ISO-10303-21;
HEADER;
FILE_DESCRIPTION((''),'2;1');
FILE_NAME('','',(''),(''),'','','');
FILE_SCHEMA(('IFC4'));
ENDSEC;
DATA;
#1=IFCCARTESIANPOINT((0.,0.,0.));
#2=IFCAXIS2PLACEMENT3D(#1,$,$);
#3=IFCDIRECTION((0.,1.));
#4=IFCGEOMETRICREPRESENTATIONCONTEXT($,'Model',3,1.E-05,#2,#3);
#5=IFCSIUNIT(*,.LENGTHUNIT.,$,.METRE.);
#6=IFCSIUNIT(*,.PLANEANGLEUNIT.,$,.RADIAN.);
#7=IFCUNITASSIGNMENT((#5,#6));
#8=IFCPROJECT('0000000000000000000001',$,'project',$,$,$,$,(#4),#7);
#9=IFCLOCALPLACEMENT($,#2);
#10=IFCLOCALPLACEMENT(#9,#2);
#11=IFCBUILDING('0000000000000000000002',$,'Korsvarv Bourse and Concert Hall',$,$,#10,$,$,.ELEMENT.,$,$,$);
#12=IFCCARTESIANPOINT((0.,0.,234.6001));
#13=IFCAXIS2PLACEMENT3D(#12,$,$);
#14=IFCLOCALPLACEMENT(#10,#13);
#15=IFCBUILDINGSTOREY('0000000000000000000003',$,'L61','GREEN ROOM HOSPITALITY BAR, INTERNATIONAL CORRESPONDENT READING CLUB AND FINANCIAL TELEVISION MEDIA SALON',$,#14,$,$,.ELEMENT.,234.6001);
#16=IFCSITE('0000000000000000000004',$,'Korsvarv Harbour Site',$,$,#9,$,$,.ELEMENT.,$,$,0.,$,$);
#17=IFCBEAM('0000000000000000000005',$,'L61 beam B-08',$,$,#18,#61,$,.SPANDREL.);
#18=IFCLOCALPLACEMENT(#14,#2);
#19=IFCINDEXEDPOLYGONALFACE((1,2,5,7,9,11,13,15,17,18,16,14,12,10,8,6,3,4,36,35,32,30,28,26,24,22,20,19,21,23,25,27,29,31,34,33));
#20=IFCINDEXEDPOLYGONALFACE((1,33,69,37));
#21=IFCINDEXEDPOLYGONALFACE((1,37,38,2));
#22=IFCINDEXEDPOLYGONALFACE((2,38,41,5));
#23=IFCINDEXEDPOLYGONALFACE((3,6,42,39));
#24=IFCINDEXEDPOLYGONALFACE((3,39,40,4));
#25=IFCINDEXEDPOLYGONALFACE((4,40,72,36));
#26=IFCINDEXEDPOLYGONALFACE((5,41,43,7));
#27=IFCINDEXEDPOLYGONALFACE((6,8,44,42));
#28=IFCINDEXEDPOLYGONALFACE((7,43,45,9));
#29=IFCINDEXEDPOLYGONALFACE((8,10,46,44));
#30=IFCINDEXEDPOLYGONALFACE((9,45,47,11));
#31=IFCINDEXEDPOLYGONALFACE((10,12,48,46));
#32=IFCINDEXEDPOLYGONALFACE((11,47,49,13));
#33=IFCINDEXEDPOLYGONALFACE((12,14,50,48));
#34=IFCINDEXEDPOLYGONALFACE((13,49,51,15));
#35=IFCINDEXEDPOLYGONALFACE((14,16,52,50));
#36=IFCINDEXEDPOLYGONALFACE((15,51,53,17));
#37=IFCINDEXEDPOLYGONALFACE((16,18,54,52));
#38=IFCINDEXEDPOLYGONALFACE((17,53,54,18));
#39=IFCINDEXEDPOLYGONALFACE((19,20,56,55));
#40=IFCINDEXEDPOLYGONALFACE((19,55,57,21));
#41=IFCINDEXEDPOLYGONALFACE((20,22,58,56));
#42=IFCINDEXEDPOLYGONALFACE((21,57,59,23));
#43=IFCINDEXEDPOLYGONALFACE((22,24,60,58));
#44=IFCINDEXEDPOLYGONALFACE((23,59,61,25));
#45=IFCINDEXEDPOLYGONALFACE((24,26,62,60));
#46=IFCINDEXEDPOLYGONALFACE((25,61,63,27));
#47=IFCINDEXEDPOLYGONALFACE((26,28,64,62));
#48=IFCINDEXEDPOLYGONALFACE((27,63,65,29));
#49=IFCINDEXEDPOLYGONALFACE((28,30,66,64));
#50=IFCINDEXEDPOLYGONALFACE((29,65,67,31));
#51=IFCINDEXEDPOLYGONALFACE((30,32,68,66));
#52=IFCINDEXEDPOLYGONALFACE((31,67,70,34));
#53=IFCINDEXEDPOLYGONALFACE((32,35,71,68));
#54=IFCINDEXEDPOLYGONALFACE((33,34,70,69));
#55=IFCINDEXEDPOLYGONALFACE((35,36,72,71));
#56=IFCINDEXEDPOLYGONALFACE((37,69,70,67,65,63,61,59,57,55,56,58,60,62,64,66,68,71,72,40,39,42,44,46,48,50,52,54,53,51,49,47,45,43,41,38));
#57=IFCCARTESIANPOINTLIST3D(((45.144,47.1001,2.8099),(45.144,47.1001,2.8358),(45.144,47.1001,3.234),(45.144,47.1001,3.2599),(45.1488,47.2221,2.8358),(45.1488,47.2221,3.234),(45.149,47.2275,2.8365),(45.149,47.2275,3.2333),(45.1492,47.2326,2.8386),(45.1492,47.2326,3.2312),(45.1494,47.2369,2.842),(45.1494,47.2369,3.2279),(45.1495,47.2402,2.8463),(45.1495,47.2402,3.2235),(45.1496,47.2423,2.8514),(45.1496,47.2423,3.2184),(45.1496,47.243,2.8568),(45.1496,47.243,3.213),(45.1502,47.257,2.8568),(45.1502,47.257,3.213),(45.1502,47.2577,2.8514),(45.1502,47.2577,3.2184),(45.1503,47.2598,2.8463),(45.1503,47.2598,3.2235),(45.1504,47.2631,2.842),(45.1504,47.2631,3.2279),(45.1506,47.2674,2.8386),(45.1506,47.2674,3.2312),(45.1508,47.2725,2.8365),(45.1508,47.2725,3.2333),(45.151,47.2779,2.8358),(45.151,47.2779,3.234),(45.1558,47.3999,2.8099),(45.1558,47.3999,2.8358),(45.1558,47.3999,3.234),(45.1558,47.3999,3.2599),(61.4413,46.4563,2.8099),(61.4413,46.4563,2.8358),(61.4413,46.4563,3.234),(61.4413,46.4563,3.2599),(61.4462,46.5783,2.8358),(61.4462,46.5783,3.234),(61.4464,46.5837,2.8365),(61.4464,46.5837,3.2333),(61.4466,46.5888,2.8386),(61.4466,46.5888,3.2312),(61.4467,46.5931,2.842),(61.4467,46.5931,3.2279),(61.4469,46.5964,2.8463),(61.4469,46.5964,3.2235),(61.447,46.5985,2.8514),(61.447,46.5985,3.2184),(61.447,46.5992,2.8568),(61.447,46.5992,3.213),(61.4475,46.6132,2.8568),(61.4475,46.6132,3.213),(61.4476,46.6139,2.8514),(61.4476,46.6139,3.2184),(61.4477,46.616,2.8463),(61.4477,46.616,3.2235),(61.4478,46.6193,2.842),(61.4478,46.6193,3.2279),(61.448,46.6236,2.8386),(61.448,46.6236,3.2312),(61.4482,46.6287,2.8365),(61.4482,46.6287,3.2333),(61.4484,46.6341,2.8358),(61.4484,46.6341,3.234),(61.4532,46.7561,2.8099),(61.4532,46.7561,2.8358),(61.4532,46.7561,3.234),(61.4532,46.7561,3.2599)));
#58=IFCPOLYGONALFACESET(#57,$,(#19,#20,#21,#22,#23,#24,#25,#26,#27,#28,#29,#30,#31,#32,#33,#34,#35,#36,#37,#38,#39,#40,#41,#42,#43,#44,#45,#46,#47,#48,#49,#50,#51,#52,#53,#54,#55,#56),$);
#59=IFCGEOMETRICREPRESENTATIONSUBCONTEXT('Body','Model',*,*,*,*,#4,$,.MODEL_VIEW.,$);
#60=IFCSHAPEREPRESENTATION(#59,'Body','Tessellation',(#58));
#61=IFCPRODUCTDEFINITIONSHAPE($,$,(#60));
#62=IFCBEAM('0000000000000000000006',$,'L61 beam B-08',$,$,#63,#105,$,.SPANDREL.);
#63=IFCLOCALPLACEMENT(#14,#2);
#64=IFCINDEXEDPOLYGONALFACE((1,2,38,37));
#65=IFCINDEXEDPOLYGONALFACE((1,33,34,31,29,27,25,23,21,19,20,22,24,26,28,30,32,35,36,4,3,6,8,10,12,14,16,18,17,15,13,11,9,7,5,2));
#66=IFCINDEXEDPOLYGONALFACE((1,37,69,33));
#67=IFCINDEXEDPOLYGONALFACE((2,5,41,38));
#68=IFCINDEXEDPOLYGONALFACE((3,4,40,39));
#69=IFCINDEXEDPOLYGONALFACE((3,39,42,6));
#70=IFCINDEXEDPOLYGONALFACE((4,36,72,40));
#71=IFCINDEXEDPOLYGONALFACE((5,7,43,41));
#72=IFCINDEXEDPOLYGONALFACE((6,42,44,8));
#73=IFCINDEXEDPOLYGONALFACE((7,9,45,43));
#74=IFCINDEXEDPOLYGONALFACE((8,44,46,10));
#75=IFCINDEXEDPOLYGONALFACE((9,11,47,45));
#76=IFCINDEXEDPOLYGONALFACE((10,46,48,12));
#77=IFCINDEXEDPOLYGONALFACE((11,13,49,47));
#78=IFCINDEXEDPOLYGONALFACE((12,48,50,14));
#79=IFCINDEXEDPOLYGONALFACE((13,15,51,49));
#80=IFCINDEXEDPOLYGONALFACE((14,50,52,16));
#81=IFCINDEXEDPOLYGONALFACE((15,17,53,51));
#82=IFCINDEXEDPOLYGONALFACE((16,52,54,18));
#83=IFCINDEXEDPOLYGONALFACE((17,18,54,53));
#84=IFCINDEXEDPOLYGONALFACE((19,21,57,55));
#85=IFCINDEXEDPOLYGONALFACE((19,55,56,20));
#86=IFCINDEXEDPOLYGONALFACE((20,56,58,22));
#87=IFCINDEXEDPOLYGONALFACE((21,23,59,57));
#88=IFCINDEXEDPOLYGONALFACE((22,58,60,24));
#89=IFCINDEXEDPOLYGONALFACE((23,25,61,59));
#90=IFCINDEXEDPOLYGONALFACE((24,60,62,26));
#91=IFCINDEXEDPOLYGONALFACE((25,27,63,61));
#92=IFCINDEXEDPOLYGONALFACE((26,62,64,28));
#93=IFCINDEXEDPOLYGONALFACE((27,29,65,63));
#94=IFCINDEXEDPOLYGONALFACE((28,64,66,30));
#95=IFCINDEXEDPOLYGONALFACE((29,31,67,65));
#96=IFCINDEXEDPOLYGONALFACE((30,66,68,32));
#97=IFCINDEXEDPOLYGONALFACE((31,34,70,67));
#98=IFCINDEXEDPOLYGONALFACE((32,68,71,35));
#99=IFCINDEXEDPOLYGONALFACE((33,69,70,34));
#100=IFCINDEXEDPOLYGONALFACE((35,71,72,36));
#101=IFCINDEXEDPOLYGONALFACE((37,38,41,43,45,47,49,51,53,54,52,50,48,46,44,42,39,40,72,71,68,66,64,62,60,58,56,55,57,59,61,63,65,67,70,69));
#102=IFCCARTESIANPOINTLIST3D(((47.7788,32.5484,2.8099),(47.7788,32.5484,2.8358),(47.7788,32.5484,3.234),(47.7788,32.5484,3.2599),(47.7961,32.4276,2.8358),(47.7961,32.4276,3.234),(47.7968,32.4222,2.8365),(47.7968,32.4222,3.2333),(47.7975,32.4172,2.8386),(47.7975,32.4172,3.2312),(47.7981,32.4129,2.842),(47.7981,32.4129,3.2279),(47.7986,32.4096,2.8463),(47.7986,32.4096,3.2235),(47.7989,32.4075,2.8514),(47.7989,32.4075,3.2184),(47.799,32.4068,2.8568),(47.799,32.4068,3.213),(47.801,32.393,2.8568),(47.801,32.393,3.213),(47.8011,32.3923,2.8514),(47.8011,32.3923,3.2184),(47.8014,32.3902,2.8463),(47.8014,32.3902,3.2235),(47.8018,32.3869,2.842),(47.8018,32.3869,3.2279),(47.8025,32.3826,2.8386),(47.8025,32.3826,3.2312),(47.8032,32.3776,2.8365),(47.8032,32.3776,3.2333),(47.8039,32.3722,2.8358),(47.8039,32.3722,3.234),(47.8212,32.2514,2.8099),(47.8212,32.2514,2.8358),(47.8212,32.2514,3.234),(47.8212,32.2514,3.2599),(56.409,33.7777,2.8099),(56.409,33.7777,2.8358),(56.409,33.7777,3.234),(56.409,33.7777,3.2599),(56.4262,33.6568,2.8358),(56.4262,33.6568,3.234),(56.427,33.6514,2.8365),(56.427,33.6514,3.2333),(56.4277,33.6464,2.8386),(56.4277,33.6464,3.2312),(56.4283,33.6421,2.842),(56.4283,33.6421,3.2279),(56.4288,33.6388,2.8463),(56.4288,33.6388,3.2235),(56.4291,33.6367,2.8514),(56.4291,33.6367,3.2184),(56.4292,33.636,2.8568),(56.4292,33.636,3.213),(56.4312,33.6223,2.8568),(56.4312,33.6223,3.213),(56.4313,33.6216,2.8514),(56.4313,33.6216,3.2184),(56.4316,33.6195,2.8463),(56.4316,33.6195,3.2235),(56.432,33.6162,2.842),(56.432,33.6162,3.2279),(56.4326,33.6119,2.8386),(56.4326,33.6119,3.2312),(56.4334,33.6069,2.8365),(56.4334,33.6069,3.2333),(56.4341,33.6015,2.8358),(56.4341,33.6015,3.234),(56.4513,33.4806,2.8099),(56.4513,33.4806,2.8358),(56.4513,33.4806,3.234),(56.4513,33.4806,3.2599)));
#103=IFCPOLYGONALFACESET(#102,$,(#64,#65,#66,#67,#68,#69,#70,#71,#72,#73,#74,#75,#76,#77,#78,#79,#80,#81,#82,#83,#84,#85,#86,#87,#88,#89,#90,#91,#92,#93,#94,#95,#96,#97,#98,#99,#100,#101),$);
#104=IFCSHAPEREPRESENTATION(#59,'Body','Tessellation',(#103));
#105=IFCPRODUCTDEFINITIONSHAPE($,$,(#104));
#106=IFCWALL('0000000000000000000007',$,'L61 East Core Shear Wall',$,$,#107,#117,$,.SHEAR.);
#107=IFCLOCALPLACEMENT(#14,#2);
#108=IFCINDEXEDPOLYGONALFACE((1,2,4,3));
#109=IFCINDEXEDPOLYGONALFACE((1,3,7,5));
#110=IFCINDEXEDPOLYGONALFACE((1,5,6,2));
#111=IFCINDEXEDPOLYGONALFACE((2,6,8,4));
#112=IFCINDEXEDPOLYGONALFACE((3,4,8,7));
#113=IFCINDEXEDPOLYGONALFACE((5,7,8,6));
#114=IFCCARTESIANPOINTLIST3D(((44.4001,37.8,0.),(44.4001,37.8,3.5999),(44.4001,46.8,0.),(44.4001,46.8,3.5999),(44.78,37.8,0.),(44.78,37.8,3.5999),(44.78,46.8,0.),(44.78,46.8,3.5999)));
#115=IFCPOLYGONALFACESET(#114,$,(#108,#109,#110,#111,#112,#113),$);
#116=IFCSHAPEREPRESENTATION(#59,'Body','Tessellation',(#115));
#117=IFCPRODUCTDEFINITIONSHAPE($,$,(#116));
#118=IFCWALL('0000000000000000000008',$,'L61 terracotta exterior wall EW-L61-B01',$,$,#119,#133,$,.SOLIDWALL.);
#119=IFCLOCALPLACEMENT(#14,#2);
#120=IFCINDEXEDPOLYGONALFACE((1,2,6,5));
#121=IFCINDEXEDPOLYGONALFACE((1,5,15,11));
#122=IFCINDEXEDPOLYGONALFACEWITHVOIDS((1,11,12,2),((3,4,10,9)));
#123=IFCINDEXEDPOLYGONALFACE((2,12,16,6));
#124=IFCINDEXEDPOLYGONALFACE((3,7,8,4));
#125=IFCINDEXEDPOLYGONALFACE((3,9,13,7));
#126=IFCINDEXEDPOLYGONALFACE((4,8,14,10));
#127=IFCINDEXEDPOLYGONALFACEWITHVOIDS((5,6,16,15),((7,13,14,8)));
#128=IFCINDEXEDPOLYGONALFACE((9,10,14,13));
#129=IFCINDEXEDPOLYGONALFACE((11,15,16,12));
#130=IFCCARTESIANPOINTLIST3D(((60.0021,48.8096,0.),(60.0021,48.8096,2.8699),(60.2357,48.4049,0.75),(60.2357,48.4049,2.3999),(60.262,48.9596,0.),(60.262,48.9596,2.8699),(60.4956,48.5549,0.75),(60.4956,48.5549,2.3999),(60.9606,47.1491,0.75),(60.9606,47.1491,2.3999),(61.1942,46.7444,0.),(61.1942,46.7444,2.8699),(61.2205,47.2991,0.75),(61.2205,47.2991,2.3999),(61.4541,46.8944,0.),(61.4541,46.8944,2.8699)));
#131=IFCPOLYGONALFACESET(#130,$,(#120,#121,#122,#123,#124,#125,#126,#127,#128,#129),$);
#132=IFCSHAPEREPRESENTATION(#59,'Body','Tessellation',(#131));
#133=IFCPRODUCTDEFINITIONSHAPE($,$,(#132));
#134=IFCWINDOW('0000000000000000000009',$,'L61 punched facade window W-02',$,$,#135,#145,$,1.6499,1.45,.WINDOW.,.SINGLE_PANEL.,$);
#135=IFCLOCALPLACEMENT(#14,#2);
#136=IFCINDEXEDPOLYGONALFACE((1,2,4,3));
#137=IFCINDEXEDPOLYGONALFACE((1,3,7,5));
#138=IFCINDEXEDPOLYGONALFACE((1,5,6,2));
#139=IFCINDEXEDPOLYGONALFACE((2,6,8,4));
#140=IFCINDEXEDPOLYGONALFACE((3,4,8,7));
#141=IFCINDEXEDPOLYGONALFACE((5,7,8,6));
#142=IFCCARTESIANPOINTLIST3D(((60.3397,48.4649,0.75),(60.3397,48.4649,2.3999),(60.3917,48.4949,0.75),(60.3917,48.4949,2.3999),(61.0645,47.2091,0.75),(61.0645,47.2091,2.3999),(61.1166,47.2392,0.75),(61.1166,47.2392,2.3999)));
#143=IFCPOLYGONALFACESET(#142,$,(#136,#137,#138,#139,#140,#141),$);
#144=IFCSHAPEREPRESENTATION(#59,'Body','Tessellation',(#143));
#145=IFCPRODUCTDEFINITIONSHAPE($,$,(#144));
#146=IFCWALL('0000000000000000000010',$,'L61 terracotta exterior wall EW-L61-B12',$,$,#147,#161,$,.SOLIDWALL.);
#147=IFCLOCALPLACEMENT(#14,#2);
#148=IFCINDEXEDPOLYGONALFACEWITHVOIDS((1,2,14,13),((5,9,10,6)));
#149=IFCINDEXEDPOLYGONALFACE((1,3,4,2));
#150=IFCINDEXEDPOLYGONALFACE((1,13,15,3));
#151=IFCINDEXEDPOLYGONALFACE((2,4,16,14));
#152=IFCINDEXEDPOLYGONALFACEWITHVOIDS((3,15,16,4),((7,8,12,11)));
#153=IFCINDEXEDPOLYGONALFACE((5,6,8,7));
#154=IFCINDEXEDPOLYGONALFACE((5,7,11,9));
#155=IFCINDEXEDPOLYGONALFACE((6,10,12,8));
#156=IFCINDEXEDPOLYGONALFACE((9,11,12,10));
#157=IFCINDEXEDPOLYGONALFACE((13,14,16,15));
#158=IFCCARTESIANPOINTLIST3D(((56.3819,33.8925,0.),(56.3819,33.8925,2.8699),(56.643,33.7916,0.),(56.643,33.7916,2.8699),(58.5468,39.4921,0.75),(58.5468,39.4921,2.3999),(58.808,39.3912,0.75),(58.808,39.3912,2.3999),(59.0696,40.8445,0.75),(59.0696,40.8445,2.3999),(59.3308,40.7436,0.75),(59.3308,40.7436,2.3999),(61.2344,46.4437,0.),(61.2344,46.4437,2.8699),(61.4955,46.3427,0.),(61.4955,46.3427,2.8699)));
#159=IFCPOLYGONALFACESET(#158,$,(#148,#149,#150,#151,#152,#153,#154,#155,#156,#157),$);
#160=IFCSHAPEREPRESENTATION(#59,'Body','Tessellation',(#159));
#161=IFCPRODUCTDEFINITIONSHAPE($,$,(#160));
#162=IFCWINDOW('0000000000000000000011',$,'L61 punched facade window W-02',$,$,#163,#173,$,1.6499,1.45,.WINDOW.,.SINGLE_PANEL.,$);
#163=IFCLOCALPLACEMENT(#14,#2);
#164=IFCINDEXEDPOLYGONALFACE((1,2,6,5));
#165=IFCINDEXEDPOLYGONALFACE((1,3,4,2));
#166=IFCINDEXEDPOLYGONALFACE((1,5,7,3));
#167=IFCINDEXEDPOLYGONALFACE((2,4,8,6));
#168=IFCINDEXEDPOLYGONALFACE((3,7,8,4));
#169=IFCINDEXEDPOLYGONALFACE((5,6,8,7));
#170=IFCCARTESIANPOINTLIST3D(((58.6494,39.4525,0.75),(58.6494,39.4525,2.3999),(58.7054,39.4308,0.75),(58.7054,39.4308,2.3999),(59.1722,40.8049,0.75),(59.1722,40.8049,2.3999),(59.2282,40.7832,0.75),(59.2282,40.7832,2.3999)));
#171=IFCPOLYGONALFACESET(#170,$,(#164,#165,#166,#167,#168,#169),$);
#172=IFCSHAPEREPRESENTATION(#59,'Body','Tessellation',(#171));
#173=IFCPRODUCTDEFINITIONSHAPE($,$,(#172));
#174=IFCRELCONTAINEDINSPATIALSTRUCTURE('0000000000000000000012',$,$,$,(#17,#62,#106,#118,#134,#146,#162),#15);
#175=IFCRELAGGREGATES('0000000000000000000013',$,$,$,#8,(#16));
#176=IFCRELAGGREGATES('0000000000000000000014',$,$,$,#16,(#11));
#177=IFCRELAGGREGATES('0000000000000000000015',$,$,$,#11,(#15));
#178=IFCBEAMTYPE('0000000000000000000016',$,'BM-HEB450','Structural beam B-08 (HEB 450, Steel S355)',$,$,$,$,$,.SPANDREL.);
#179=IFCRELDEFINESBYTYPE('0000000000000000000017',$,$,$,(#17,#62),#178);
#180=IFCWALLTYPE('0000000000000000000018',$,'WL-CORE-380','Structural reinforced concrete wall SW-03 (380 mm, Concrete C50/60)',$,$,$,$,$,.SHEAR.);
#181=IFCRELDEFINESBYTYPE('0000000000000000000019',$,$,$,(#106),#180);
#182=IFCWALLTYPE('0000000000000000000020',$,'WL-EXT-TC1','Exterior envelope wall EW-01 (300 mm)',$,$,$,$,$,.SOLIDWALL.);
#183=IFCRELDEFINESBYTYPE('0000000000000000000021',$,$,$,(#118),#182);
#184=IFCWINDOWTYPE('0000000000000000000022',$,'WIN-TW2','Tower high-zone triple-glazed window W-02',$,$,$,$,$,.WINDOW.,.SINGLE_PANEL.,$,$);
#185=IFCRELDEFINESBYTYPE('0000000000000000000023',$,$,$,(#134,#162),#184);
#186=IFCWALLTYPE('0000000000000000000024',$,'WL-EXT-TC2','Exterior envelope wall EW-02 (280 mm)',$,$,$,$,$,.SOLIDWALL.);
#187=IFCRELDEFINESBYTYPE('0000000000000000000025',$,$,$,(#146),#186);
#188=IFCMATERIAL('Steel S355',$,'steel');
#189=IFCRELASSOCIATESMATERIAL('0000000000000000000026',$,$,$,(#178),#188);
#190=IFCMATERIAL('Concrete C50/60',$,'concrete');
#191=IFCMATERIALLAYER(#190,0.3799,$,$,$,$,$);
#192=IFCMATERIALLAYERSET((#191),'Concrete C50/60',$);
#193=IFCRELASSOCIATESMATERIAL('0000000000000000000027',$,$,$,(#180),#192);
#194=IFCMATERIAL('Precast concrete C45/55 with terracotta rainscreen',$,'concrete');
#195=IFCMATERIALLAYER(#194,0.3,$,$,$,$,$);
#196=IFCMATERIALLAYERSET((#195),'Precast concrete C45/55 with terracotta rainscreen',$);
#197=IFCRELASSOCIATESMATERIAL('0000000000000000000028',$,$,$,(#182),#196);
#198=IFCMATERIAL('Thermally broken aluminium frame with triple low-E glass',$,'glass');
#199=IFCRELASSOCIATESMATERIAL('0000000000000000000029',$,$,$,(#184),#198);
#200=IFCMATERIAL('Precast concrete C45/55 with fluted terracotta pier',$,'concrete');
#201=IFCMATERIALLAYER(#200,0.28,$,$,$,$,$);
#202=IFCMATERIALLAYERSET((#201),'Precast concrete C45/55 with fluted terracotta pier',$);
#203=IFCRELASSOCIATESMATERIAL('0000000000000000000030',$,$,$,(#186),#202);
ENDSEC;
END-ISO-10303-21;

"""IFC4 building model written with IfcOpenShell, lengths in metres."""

from ifc_helpers import new_model, si_unit, direction, frame, frame_2d, origin, origin_2d, place, context, subcontext, project, spatial, rectangle, i_section, extrude, source, transform, mapped, material, layer, layer_set, material_profile, profile_set, type_object, element, fill, save


model = new_model("IFC4")

# Units and contexts
model_context = context("Model", 3, precision=1e-05, world=origin(), true_north=direction((0.0, 1.0)))
body_context = subcontext(model_context, "Body", "Model", "MODEL_VIEW")
ifc_project = project(units=[si_unit("LENGTHUNIT", "METRE"), si_unit("PLANEANGLEUNIT", "RADIAN")], contexts=[model_context])

# Site, building, storey
site_placement = place(None, origin())
site = spatial("IfcSite", under=ifc_project, at=site_placement, Name="Korsvarv Harbour Site", CompositionType="ELEMENT", RefElevation=0.0)
building_placement = place(site_placement, origin())
building = spatial("IfcBuilding", under=site, at=building_placement, Name="Korsvarv Bourse and Concert Hall", CompositionType="ELEMENT")
storey_placement = place(building_placement, frame((0.0, 0.0, 234.6001)))
storey = spatial("IfcBuildingStorey", under=building, at=storey_placement, Name="L61", Description="GREEN ROOM HOSPITALITY BAR, INTERNATIONAL CORRESPONDENT READING CLUB AND FINANCIAL TELEVISION MEDIA SALON", CompositionType="ELEMENT", Elevation=234.6001)

# Shared definitions
ifc_material_1 = material(Name="Steel S355", Category="steel")

# Beams
ifc_material_profile_1 = material_profile(ifc_material_1, i_section(OverallWidth=0.3, OverallDepth=0.45, WebThickness=0.0139, FlangeThickness=0.0259, FilletRadius=0.021, at=origin_2d()), Name="HEB 450")
ifc_profile_set_1 = profile_set([ifc_material_profile_1], Name="Steel S355")
beam_type_1 = type_object("IfcBeamType", Name="BM-HEB450", Description="Structural beam B-08 (HEB 450, Steel S355)", PredefinedType="SPANDREL", material=ifc_profile_set_1)
shared_shape_1 = source(origin(), body_context, "Body", "SweptSolid", [
    extrude(i_section(OverallWidth=0.3, OverallDepth=0.45, WebThickness=0.0139, FlangeThickness=0.0259, FilletRadius=0.021, at=origin_2d()), origin(), (0.0, 0.0, 1.0), 16.3101),
])
beam_1_placement = place(storey_placement, frame((61.4473, 46.6062, 3.0349), z_axis=(-0.999221, 0.039472, 0.0), x_axis=(-0.039472, -0.999221, 0.0)))
element("IfcBeam", 1, at=beam_1_placement, inside=storey, type_object=beam_type_1, Name="L61 beam B-08", PredefinedType="SPANDREL", context=body_context, shape_type="MappedRepresentation", body=[
    mapped(shared_shape_1, transform((0.0, 0.0, 0.0), scale=1.0)),
])
shared_shape_2 = source(origin(), body_context, "Body", "SweptSolid", [
    extrude(i_section(OverallWidth=0.3, OverallDepth=0.45, WebThickness=0.0139, FlangeThickness=0.0259, FilletRadius=0.021, at=origin_2d()), origin(), (0.0, 0.0, 1.0), 8.7173),
])
beam_2_placement = place(storey_placement, frame((56.4302, 33.6292, 3.0349), z_axis=(-0.990008, -0.141014, 0.0), x_axis=(0.141014, -0.990008, 0.0)))
element("IfcBeam", 2, at=beam_2_placement, inside=storey, type_object=beam_type_1, Name="L61 beam B-08", PredefinedType="SPANDREL", context=body_context, shape_type="MappedRepresentation", body=[
    mapped(shared_shape_2, transform((0.0, 0.0, 0.0), scale=1.0)),
])

# Wall
ifc_material_2 = material(Name="Concrete C50/60", Category="concrete")
ifc_layer_1 = layer(ifc_material_2, 0.3799)
ifc_layer_set_1 = layer_set([ifc_layer_1], Name="Concrete C50/60")
wall_type_1 = type_object("IfcWallType", Name="WL-CORE-380", Description="Structural reinforced concrete wall SW-03 (380 mm, Concrete C50/60)", PredefinedType="SHEAR", material=ifc_layer_set_1)
wall_1_placement = place(storey_placement, frame((44.5901, 37.8, 0.0), z_axis=(0.0, 0.0, 1.0), x_axis=(0.0, 1.0, 0.0)))
element("IfcWall", 3, at=wall_1_placement, inside=storey, type_object=wall_type_1, Name="L61 East Core Shear Wall", PredefinedType="SHEAR", context=body_context, shape_type="SweptSolid", body=[
    extrude(rectangle(XDim=9.0, YDim=0.3799, at=frame_2d((4.5, 0.0))), origin(), (0.0, 0.0, 1.0), 3.5999),
])

# Walls, openings, windows
ifc_material_3 = material(Name="Precast concrete C45/55 with terracotta rainscreen", Category="concrete")
ifc_layer_2 = layer(ifc_material_3, 0.3)
ifc_layer_set_2 = layer_set([ifc_layer_2], Name="Precast concrete C45/55 with terracotta rainscreen")
wall_type_2 = type_object("IfcWallType", Name="WL-EXT-TC1", Description="Exterior envelope wall EW-01 (300 mm)", PredefinedType="SOLIDWALL", material=ifc_layer_set_2)
wall_2_placement = place(storey_placement, frame((61.3242, 46.8193, 0.0), z_axis=(0.0, 0.0, 1.0), x_axis=(-0.499938, 0.866061, 0.0)))
wall_2 = element("IfcWall", 4, at=wall_2_placement, inside=storey, type_object=wall_type_2, Name="L61 terracotta exterior wall EW-L61-B01", PredefinedType="SOLIDWALL", context=body_context, shape_type="SweptSolid", body=[
    extrude(rectangle(XDim=2.3845, YDim=0.3, at=frame_2d((1.1924, 0.0))), origin(), (0.0, 0.0, 1.0), 2.8699),
])
opening_1_placement = place(wall_2_placement, frame((0.4673, 0.0, 0.75)))
opening_1 = element("IfcOpeningElement", 5, at=opening_1_placement, cuts=wall_2, PredefinedType="OPENING", context=body_context, shape_type="SweptSolid", body=[
    extrude(rectangle(XDim=1.45, YDim=1.6499, at=frame_2d((0.7251, 0.825))), frame((0.0, 0.1602, 0.0), z_axis=(0.0, -1.0, 0.0), x_axis=(1.0, 0.0, 0.0)), (0.0, 0.0, 1.0), 0.3201),
])
ifc_material_4 = material(Name="Thermally broken aluminium frame with triple low-E glass", Category="glass")
window_type = type_object("IfcWindowType", Name="WIN-TW2", Description="Tower high-zone triple-glazed window W-02", PartitioningType="SINGLE_PANEL", PredefinedType="WINDOW", material=ifc_material_4)
window_1_placement = place(opening_1_placement, origin())
window_1 = element("IfcWindow", 6, at=window_1_placement, inside=storey, type_object=window_type, Name="L61 punched facade window W-02", OverallHeight=1.6499, OverallWidth=1.45, PartitioningType="SINGLE_PANEL", PredefinedType="WINDOW", context=body_context, shape_type="SweptSolid", body=[
    extrude(rectangle(XDim=1.45, YDim=1.6499, at=frame_2d((0.7251, 0.825))), frame((0.0, 0.03, 0.0), z_axis=(0.0, -1.0, 0.0), x_axis=(1.0, 0.0, 0.0)), (0.0, 0.0, 1.0), 0.0601),
])
fill(opening_1, window_1)
ifc_material_5 = material(Name="Precast concrete C45/55 with fluted terracotta pier", Category="concrete")
ifc_layer_3 = layer(ifc_material_5, 0.28)
ifc_layer_set_3 = layer_set([ifc_layer_3], Name="Precast concrete C45/55 with fluted terracotta pier")
wall_type_3 = type_object("IfcWallType", Name="WL-EXT-TC2", Description="Exterior envelope wall EW-02 (280 mm)", PredefinedType="SOLIDWALL", material=ifc_layer_set_3)
wall_3_placement = place(storey_placement, frame((56.5125, 33.842, 0.0), z_axis=(0.0, 0.0, 1.0), x_axis=(0.360605, 0.932719, 0.0)))
wall_3 = element("IfcWall", 7, at=wall_3_placement, inside=storey, type_object=wall_type_3, Name="L61 terracotta exterior wall EW-L61-B12", PredefinedType="SOLIDWALL", context=body_context, shape_type="SweptSolid", body=[
    extrude(rectangle(XDim=13.4565, YDim=0.28, at=frame_2d((6.7283, 0.0))), origin(), (0.0, 0.0, 1.0), 2.8699),
])
opening_2_placement = place(wall_3_placement, frame((6.0034, 0.0, 0.75)))
opening_2 = element("IfcOpeningElement", 8, at=opening_2_placement, cuts=wall_3, PredefinedType="OPENING", context=body_context, shape_type="SweptSolid", body=[
    extrude(rectangle(XDim=1.45, YDim=1.6499, at=frame_2d((0.7251, 0.825))), frame((0.0, 0.1499, 0.0), z_axis=(0.0, -1.0, 0.0), x_axis=(1.0, 0.0, 0.0)), (0.0, 0.0, 1.0), 0.3),
])
window_2_placement = place(opening_2_placement, origin())
window_2 = element("IfcWindow", 9, at=window_2_placement, inside=storey, type_object=window_type, Name="L61 punched facade window W-02", OverallHeight=1.6499, OverallWidth=1.45, PartitioningType="SINGLE_PANEL", PredefinedType="WINDOW", context=body_context, shape_type="SweptSolid", body=[
    extrude(rectangle(XDim=1.45, YDim=1.6499, at=frame_2d((0.7251, 0.825))), frame((0.0, 0.03, 0.0), z_axis=(0.0, -1.0, 0.0), x_axis=(1.0, 0.0, 0.0)), (0.0, 0.0, 1.0), 0.0601),
])
fill(opening_2, window_2)

save(model, "model.ifc")
